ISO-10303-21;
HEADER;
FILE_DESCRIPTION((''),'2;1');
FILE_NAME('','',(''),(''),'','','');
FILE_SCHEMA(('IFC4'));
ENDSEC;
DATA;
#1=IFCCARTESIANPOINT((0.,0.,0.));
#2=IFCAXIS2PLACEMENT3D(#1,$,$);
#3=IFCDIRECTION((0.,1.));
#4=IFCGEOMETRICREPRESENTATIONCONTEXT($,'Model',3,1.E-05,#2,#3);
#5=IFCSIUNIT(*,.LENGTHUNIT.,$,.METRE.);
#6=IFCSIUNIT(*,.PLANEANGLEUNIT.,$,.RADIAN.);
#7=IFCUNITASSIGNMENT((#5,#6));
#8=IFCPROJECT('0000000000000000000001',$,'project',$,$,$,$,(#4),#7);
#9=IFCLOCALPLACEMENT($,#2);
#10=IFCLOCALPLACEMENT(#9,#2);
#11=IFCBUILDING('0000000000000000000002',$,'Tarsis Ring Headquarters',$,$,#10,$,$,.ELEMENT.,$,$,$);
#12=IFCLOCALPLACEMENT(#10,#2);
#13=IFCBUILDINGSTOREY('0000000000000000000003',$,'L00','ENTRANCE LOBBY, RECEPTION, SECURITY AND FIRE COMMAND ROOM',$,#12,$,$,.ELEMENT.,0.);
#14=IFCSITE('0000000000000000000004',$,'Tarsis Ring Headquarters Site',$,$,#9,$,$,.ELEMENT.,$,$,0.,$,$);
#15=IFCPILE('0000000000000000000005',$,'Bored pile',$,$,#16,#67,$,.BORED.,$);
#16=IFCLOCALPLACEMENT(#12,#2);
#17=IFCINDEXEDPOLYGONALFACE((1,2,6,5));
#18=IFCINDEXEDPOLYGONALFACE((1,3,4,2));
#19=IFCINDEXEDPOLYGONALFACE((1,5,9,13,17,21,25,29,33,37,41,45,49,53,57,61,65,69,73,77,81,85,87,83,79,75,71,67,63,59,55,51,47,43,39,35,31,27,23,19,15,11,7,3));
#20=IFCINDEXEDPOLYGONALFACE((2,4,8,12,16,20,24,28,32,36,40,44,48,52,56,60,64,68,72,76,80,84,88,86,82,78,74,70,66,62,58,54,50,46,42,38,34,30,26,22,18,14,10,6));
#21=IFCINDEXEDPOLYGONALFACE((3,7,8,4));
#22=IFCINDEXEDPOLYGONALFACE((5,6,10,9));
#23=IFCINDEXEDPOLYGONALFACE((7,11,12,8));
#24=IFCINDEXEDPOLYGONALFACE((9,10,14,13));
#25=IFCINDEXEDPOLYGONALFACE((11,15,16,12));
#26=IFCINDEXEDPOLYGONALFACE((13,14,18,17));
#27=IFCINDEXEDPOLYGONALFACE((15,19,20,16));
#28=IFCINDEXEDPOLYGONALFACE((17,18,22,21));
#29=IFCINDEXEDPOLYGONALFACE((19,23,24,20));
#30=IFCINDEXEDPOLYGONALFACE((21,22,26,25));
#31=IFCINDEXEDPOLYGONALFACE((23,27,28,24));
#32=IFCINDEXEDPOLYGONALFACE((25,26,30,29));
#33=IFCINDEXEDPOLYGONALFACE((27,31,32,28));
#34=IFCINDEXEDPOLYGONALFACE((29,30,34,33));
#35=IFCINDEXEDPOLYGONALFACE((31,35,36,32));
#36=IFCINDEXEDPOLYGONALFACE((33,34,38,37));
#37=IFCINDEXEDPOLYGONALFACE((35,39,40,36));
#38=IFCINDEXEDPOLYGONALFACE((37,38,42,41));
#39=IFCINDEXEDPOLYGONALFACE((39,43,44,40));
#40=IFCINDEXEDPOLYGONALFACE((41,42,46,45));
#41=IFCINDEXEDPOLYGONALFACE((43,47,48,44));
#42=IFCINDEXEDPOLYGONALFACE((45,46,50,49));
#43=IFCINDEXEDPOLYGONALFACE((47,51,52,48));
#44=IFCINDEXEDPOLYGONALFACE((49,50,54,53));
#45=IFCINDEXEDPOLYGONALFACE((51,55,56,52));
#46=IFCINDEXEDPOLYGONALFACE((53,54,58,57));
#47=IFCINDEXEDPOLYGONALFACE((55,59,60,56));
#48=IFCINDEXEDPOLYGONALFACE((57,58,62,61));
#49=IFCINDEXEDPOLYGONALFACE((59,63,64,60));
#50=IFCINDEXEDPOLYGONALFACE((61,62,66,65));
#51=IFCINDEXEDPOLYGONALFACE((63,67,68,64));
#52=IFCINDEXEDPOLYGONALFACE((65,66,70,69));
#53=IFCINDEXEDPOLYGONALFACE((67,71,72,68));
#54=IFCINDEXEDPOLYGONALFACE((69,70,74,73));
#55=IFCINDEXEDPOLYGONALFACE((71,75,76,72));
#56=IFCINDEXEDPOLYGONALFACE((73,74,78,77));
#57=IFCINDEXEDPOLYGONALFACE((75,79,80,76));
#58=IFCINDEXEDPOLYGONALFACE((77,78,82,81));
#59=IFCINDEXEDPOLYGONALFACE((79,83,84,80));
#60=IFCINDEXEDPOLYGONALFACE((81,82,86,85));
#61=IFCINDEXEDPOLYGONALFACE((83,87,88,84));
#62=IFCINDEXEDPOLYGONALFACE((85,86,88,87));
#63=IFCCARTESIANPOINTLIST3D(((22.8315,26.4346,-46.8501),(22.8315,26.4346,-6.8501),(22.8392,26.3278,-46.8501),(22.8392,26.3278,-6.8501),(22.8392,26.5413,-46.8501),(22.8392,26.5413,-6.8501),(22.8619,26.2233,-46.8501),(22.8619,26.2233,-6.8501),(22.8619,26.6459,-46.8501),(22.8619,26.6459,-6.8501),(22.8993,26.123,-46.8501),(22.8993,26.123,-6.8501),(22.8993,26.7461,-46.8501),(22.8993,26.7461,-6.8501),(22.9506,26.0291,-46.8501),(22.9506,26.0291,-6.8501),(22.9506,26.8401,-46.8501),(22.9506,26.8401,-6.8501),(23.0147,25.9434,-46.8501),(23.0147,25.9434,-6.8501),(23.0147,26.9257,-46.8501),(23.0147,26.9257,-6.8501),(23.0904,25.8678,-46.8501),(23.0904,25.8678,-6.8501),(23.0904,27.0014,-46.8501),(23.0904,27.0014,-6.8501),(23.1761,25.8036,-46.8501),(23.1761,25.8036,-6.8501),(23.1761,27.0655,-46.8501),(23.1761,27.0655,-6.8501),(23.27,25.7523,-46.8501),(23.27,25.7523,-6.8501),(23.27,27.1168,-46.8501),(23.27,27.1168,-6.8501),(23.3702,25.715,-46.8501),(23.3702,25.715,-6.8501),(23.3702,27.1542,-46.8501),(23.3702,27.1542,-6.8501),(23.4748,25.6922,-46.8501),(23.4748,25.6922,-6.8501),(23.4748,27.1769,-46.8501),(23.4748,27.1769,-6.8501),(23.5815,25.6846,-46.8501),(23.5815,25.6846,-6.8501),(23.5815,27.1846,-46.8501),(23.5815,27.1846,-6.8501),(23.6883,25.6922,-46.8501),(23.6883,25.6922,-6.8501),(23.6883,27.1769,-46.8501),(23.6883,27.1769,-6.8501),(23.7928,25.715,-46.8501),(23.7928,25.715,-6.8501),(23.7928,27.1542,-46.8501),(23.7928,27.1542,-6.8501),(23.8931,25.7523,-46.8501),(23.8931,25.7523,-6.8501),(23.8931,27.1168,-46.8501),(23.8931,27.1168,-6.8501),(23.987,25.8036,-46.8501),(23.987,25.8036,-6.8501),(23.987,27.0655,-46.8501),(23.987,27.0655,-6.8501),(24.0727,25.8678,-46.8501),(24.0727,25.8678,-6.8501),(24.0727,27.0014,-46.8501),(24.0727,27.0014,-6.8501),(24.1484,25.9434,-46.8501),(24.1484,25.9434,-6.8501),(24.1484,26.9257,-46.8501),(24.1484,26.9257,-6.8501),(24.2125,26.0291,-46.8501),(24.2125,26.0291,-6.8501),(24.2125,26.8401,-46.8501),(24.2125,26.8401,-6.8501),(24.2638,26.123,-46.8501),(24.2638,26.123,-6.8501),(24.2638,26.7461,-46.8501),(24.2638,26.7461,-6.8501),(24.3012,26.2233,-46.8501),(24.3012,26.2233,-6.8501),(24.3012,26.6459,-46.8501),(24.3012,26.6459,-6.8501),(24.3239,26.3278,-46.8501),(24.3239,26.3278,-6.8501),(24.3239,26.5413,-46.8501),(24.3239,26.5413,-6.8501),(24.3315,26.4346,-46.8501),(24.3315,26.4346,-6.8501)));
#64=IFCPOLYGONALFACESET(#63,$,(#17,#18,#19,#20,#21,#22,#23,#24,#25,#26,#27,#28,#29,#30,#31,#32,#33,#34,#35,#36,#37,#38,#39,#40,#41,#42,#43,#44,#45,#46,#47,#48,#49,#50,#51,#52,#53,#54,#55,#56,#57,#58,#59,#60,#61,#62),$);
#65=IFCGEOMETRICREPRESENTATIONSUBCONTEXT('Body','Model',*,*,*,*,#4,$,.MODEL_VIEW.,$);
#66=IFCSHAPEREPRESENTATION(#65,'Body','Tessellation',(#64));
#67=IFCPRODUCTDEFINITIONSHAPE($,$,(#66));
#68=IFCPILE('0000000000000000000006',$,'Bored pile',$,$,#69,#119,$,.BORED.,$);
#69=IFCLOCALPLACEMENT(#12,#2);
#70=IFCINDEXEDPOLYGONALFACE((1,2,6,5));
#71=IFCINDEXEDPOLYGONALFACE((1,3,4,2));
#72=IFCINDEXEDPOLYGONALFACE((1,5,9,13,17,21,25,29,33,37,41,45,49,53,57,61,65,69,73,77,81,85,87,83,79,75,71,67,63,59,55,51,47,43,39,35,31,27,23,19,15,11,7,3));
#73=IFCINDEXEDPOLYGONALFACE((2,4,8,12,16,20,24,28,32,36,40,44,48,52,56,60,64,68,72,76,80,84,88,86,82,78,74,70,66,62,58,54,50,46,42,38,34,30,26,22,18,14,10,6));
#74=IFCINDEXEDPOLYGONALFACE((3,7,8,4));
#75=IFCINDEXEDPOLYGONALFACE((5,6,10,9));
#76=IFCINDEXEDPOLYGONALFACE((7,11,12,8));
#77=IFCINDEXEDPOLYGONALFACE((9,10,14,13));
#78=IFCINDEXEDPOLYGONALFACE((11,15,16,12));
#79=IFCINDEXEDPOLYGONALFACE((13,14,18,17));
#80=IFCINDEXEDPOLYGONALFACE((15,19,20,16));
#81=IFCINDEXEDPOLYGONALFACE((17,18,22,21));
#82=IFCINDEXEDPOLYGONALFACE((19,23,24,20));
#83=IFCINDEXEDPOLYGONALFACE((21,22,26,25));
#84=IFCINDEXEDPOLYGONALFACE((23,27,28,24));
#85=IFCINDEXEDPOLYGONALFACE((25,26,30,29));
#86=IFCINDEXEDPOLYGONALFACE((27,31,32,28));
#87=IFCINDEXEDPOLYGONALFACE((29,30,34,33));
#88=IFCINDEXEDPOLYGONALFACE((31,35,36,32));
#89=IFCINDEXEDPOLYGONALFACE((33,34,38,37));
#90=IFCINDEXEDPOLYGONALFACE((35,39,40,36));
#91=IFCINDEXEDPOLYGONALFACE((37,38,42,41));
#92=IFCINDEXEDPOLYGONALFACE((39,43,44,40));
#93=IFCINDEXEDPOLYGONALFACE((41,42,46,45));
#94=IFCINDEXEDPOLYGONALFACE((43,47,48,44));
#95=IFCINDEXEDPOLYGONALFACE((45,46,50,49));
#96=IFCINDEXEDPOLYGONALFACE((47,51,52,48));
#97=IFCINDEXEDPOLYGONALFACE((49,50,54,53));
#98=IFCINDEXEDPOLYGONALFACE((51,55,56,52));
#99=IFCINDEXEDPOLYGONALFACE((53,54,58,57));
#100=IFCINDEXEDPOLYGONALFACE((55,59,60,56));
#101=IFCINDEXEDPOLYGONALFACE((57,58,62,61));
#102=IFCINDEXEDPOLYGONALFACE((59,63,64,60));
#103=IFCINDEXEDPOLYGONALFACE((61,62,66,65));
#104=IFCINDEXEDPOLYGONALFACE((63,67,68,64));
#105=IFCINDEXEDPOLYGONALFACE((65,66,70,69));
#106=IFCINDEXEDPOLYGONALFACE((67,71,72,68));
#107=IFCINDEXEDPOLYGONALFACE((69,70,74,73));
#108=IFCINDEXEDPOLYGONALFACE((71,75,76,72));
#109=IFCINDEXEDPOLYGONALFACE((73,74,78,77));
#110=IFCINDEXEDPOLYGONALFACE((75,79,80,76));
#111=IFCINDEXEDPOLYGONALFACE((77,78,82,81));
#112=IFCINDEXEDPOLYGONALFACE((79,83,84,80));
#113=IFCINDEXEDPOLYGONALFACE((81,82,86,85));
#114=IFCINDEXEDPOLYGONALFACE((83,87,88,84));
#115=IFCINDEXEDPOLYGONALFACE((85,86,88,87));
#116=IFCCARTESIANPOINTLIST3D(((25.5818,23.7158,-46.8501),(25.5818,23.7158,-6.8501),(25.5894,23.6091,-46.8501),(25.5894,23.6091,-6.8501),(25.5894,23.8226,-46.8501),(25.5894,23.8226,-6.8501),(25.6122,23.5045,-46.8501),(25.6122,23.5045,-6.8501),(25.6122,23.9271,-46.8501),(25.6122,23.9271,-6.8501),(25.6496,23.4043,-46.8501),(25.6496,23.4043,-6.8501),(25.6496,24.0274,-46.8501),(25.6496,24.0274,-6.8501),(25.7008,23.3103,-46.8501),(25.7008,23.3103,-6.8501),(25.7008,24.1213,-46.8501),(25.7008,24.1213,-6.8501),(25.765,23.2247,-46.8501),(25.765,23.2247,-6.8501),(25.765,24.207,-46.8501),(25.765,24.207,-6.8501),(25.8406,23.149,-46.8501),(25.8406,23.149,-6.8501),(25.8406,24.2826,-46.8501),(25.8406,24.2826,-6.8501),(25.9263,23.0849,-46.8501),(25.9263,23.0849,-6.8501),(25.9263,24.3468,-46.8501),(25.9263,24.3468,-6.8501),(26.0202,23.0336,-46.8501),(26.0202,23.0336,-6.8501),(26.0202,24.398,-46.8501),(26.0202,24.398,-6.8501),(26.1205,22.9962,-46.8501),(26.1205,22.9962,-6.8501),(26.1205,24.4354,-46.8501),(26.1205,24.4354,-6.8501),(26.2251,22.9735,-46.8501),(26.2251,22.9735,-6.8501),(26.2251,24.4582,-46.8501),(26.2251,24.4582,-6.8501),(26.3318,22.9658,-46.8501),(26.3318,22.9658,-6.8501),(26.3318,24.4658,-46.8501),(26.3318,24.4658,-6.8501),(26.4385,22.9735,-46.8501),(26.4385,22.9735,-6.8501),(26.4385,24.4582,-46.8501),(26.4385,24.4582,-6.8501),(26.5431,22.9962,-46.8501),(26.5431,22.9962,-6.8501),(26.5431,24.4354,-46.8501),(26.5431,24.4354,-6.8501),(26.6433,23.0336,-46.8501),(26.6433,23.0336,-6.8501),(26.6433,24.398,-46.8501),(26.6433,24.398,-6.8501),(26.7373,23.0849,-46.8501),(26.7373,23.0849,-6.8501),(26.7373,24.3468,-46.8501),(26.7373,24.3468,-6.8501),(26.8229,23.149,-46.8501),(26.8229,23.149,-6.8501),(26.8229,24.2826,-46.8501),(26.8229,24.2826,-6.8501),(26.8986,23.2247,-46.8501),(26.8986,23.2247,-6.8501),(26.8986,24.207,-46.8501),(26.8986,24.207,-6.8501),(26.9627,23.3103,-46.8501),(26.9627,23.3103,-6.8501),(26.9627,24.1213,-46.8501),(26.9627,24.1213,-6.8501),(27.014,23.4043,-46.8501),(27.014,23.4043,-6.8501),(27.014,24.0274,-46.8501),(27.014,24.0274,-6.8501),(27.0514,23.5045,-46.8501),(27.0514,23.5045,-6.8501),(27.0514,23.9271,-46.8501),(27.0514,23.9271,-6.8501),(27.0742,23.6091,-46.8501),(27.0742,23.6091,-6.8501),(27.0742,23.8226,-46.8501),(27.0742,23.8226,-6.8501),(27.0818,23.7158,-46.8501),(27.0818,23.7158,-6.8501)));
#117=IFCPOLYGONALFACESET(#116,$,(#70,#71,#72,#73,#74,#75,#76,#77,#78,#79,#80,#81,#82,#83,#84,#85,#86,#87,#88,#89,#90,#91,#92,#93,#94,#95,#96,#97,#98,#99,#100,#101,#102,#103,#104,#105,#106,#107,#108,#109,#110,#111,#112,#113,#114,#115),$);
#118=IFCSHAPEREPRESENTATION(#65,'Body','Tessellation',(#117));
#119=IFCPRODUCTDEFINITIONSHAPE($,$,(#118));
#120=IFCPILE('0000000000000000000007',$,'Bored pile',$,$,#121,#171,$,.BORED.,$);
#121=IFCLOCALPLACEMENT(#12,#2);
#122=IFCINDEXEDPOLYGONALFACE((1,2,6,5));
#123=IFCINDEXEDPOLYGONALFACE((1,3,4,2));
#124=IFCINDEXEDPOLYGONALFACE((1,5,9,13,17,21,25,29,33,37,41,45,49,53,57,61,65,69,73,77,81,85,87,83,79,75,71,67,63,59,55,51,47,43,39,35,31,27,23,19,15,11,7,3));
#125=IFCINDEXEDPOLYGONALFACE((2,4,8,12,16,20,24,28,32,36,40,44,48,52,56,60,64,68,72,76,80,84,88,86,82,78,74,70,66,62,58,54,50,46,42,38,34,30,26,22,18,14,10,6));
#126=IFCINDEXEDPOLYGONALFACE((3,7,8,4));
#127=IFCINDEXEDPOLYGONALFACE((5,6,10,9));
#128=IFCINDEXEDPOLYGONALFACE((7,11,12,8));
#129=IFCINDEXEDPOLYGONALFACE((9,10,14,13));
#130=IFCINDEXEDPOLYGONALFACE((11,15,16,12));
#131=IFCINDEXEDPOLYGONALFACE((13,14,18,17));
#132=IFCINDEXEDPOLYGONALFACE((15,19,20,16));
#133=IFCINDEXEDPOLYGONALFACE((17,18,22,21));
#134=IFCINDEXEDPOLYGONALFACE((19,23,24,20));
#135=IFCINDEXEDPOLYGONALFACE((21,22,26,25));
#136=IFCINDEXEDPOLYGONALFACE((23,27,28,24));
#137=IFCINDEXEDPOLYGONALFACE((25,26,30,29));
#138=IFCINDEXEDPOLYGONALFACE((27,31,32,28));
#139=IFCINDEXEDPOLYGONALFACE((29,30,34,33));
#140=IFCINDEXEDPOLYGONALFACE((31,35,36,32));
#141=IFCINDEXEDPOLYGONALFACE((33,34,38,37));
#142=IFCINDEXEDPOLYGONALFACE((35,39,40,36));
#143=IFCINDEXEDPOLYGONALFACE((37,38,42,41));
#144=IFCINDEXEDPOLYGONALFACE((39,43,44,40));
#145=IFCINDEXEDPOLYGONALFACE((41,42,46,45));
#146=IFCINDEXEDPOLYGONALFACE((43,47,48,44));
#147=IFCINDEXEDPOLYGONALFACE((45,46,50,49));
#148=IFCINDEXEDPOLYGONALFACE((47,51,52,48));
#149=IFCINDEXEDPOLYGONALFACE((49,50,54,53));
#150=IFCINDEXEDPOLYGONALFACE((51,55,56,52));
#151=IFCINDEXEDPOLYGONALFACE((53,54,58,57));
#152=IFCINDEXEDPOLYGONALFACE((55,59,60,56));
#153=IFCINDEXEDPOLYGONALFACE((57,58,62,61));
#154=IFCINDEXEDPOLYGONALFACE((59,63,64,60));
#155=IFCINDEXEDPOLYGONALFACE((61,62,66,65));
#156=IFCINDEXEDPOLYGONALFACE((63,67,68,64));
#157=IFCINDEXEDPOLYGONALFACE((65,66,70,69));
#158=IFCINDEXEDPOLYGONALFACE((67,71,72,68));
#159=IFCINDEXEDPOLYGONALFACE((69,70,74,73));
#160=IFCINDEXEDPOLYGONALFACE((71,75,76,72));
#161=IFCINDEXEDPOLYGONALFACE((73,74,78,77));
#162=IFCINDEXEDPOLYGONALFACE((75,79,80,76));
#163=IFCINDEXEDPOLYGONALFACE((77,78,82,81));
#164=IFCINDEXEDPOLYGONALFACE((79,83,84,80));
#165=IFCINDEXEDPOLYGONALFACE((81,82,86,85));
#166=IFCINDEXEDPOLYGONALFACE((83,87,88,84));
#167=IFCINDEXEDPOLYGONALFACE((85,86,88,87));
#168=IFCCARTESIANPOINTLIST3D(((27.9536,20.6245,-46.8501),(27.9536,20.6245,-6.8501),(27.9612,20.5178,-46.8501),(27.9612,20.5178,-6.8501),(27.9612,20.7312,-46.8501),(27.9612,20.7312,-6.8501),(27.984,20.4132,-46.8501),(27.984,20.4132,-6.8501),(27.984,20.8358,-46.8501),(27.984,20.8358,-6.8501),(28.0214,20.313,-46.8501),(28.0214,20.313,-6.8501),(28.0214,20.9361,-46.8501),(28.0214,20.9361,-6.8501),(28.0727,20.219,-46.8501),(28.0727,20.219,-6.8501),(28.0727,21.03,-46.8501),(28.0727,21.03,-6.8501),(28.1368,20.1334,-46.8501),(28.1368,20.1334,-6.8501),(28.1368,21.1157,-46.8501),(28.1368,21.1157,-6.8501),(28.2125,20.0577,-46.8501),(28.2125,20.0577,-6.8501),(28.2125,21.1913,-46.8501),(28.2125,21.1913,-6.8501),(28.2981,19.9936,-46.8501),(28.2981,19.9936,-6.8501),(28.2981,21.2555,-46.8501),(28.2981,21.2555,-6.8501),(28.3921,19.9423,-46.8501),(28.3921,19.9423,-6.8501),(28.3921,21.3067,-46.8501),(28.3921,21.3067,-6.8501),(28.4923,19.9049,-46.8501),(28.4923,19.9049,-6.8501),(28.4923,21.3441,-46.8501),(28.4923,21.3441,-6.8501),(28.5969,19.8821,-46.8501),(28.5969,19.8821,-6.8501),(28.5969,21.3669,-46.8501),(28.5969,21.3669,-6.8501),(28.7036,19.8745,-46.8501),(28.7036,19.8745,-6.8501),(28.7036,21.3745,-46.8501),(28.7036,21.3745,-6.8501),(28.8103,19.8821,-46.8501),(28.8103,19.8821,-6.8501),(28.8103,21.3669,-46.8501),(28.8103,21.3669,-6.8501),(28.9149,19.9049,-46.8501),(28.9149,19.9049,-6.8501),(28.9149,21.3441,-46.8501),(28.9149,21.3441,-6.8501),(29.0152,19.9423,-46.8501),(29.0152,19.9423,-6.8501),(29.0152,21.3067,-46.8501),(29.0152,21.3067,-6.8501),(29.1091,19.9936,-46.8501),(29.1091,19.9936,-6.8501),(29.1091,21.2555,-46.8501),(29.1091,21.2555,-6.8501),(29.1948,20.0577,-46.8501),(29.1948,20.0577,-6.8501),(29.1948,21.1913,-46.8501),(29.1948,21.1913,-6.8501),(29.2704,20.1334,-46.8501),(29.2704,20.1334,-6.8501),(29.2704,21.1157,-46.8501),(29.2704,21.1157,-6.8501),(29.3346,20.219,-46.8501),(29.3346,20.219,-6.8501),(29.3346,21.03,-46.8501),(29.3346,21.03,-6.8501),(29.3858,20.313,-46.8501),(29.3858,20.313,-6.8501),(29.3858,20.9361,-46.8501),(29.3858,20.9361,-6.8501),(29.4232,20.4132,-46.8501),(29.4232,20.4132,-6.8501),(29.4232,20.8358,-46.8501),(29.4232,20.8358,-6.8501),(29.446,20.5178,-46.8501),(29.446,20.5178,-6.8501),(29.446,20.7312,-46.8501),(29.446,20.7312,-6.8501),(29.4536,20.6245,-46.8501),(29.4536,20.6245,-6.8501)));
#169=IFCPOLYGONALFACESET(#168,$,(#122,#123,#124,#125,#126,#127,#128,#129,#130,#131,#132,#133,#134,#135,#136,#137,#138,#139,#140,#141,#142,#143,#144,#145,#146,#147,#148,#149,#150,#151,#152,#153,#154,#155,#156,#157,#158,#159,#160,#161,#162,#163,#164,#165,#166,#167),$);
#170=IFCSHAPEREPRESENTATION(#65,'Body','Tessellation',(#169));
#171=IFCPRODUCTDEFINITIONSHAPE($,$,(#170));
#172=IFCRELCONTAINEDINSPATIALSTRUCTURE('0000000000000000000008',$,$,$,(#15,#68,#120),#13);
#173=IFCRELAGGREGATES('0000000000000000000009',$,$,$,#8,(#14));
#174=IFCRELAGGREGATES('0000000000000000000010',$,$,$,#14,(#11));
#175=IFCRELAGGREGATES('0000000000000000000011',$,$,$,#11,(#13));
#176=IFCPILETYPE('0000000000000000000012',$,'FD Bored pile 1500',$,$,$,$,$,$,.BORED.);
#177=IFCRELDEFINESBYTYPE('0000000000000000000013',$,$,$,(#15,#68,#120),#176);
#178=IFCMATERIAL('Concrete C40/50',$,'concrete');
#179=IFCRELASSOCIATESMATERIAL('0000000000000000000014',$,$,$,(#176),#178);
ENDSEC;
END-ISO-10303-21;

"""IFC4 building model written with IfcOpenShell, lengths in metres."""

from ifc_helpers import new_model, si_unit, direction, frame, origin, origin_2d, place, context, subcontext, project, spatial, circle, extrude, material, material_profile, profile_set, type_object, element, save


model = new_model("IFC4")

# Units and contexts
model_context = context("Model", 3, precision=1e-05, world=origin(), true_north=direction((0.0, 1.0)))
body_context = subcontext(model_context, "Body", "Model", "MODEL_VIEW")
ifc_project = project(units=[si_unit("LENGTHUNIT", "METRE"), si_unit("PLANEANGLEUNIT", "RADIAN")], contexts=[model_context])

# Site, building, storey
site_placement = place(None, origin())
site = spatial("IfcSite", under=ifc_project, at=site_placement, Name="Tarsis Ring Headquarters Site", CompositionType="ELEMENT", RefElevation=0.0)
building_placement = place(site_placement, origin())
building = spatial("IfcBuilding", under=site, at=building_placement, Name="Tarsis Ring Headquarters", CompositionType="ELEMENT")
storey_placement = place(building_placement, origin())
storey = spatial("IfcBuildingStorey", under=building, at=storey_placement, Name="L00", Description="ENTRANCE LOBBY, RECEPTION, SECURITY AND FIRE COMMAND ROOM", CompositionType="ELEMENT", Elevation=0.0)

# Piles
ifc_material_1 = material(Name="Concrete C40/50", Category="concrete")
ifc_material_profile_1 = material_profile(ifc_material_1, circle(Radius=0.75, at=origin_2d()), Name="BORED 1500")
ifc_profile_set_1 = profile_set([ifc_material_profile_1], Name="Concrete C40/50")
pile_type = type_object("IfcPileType", Name="FD Bored pile 1500", PredefinedType="BORED", material=ifc_profile_set_1)
for number, where, z_axis, x_axis, name in (
    (1, (23.5815, 26.4346, -6.8501), (0.0, 0.0, -1.0), (1.0, 0.0, 0.0), "Bored pile"),
    (2, (26.3318, 23.7158, -6.8501), (0.0, 0.0, -1.0), (1.0, 0.0, 0.0), "Bored pile"),
    (3, (28.7036, 20.6245, -6.8501), (0.0, 0.0, -1.0), (1.0, 0.0, 0.0), "Bored pile"),
):
    element("IfcPile", number, at=place(storey_placement, frame(where, z_axis=z_axis, x_axis=x_axis)), inside=storey, type_object=pile_type, Name=name, PredefinedType="BORED", context=body_context, shape_type="SweptSolid", body=[
        extrude(circle(Radius=0.75, at=origin_2d()), origin(), (0.0, 0.0, 1.0), 40.0),
    ])

save(model, "model.ifc")
